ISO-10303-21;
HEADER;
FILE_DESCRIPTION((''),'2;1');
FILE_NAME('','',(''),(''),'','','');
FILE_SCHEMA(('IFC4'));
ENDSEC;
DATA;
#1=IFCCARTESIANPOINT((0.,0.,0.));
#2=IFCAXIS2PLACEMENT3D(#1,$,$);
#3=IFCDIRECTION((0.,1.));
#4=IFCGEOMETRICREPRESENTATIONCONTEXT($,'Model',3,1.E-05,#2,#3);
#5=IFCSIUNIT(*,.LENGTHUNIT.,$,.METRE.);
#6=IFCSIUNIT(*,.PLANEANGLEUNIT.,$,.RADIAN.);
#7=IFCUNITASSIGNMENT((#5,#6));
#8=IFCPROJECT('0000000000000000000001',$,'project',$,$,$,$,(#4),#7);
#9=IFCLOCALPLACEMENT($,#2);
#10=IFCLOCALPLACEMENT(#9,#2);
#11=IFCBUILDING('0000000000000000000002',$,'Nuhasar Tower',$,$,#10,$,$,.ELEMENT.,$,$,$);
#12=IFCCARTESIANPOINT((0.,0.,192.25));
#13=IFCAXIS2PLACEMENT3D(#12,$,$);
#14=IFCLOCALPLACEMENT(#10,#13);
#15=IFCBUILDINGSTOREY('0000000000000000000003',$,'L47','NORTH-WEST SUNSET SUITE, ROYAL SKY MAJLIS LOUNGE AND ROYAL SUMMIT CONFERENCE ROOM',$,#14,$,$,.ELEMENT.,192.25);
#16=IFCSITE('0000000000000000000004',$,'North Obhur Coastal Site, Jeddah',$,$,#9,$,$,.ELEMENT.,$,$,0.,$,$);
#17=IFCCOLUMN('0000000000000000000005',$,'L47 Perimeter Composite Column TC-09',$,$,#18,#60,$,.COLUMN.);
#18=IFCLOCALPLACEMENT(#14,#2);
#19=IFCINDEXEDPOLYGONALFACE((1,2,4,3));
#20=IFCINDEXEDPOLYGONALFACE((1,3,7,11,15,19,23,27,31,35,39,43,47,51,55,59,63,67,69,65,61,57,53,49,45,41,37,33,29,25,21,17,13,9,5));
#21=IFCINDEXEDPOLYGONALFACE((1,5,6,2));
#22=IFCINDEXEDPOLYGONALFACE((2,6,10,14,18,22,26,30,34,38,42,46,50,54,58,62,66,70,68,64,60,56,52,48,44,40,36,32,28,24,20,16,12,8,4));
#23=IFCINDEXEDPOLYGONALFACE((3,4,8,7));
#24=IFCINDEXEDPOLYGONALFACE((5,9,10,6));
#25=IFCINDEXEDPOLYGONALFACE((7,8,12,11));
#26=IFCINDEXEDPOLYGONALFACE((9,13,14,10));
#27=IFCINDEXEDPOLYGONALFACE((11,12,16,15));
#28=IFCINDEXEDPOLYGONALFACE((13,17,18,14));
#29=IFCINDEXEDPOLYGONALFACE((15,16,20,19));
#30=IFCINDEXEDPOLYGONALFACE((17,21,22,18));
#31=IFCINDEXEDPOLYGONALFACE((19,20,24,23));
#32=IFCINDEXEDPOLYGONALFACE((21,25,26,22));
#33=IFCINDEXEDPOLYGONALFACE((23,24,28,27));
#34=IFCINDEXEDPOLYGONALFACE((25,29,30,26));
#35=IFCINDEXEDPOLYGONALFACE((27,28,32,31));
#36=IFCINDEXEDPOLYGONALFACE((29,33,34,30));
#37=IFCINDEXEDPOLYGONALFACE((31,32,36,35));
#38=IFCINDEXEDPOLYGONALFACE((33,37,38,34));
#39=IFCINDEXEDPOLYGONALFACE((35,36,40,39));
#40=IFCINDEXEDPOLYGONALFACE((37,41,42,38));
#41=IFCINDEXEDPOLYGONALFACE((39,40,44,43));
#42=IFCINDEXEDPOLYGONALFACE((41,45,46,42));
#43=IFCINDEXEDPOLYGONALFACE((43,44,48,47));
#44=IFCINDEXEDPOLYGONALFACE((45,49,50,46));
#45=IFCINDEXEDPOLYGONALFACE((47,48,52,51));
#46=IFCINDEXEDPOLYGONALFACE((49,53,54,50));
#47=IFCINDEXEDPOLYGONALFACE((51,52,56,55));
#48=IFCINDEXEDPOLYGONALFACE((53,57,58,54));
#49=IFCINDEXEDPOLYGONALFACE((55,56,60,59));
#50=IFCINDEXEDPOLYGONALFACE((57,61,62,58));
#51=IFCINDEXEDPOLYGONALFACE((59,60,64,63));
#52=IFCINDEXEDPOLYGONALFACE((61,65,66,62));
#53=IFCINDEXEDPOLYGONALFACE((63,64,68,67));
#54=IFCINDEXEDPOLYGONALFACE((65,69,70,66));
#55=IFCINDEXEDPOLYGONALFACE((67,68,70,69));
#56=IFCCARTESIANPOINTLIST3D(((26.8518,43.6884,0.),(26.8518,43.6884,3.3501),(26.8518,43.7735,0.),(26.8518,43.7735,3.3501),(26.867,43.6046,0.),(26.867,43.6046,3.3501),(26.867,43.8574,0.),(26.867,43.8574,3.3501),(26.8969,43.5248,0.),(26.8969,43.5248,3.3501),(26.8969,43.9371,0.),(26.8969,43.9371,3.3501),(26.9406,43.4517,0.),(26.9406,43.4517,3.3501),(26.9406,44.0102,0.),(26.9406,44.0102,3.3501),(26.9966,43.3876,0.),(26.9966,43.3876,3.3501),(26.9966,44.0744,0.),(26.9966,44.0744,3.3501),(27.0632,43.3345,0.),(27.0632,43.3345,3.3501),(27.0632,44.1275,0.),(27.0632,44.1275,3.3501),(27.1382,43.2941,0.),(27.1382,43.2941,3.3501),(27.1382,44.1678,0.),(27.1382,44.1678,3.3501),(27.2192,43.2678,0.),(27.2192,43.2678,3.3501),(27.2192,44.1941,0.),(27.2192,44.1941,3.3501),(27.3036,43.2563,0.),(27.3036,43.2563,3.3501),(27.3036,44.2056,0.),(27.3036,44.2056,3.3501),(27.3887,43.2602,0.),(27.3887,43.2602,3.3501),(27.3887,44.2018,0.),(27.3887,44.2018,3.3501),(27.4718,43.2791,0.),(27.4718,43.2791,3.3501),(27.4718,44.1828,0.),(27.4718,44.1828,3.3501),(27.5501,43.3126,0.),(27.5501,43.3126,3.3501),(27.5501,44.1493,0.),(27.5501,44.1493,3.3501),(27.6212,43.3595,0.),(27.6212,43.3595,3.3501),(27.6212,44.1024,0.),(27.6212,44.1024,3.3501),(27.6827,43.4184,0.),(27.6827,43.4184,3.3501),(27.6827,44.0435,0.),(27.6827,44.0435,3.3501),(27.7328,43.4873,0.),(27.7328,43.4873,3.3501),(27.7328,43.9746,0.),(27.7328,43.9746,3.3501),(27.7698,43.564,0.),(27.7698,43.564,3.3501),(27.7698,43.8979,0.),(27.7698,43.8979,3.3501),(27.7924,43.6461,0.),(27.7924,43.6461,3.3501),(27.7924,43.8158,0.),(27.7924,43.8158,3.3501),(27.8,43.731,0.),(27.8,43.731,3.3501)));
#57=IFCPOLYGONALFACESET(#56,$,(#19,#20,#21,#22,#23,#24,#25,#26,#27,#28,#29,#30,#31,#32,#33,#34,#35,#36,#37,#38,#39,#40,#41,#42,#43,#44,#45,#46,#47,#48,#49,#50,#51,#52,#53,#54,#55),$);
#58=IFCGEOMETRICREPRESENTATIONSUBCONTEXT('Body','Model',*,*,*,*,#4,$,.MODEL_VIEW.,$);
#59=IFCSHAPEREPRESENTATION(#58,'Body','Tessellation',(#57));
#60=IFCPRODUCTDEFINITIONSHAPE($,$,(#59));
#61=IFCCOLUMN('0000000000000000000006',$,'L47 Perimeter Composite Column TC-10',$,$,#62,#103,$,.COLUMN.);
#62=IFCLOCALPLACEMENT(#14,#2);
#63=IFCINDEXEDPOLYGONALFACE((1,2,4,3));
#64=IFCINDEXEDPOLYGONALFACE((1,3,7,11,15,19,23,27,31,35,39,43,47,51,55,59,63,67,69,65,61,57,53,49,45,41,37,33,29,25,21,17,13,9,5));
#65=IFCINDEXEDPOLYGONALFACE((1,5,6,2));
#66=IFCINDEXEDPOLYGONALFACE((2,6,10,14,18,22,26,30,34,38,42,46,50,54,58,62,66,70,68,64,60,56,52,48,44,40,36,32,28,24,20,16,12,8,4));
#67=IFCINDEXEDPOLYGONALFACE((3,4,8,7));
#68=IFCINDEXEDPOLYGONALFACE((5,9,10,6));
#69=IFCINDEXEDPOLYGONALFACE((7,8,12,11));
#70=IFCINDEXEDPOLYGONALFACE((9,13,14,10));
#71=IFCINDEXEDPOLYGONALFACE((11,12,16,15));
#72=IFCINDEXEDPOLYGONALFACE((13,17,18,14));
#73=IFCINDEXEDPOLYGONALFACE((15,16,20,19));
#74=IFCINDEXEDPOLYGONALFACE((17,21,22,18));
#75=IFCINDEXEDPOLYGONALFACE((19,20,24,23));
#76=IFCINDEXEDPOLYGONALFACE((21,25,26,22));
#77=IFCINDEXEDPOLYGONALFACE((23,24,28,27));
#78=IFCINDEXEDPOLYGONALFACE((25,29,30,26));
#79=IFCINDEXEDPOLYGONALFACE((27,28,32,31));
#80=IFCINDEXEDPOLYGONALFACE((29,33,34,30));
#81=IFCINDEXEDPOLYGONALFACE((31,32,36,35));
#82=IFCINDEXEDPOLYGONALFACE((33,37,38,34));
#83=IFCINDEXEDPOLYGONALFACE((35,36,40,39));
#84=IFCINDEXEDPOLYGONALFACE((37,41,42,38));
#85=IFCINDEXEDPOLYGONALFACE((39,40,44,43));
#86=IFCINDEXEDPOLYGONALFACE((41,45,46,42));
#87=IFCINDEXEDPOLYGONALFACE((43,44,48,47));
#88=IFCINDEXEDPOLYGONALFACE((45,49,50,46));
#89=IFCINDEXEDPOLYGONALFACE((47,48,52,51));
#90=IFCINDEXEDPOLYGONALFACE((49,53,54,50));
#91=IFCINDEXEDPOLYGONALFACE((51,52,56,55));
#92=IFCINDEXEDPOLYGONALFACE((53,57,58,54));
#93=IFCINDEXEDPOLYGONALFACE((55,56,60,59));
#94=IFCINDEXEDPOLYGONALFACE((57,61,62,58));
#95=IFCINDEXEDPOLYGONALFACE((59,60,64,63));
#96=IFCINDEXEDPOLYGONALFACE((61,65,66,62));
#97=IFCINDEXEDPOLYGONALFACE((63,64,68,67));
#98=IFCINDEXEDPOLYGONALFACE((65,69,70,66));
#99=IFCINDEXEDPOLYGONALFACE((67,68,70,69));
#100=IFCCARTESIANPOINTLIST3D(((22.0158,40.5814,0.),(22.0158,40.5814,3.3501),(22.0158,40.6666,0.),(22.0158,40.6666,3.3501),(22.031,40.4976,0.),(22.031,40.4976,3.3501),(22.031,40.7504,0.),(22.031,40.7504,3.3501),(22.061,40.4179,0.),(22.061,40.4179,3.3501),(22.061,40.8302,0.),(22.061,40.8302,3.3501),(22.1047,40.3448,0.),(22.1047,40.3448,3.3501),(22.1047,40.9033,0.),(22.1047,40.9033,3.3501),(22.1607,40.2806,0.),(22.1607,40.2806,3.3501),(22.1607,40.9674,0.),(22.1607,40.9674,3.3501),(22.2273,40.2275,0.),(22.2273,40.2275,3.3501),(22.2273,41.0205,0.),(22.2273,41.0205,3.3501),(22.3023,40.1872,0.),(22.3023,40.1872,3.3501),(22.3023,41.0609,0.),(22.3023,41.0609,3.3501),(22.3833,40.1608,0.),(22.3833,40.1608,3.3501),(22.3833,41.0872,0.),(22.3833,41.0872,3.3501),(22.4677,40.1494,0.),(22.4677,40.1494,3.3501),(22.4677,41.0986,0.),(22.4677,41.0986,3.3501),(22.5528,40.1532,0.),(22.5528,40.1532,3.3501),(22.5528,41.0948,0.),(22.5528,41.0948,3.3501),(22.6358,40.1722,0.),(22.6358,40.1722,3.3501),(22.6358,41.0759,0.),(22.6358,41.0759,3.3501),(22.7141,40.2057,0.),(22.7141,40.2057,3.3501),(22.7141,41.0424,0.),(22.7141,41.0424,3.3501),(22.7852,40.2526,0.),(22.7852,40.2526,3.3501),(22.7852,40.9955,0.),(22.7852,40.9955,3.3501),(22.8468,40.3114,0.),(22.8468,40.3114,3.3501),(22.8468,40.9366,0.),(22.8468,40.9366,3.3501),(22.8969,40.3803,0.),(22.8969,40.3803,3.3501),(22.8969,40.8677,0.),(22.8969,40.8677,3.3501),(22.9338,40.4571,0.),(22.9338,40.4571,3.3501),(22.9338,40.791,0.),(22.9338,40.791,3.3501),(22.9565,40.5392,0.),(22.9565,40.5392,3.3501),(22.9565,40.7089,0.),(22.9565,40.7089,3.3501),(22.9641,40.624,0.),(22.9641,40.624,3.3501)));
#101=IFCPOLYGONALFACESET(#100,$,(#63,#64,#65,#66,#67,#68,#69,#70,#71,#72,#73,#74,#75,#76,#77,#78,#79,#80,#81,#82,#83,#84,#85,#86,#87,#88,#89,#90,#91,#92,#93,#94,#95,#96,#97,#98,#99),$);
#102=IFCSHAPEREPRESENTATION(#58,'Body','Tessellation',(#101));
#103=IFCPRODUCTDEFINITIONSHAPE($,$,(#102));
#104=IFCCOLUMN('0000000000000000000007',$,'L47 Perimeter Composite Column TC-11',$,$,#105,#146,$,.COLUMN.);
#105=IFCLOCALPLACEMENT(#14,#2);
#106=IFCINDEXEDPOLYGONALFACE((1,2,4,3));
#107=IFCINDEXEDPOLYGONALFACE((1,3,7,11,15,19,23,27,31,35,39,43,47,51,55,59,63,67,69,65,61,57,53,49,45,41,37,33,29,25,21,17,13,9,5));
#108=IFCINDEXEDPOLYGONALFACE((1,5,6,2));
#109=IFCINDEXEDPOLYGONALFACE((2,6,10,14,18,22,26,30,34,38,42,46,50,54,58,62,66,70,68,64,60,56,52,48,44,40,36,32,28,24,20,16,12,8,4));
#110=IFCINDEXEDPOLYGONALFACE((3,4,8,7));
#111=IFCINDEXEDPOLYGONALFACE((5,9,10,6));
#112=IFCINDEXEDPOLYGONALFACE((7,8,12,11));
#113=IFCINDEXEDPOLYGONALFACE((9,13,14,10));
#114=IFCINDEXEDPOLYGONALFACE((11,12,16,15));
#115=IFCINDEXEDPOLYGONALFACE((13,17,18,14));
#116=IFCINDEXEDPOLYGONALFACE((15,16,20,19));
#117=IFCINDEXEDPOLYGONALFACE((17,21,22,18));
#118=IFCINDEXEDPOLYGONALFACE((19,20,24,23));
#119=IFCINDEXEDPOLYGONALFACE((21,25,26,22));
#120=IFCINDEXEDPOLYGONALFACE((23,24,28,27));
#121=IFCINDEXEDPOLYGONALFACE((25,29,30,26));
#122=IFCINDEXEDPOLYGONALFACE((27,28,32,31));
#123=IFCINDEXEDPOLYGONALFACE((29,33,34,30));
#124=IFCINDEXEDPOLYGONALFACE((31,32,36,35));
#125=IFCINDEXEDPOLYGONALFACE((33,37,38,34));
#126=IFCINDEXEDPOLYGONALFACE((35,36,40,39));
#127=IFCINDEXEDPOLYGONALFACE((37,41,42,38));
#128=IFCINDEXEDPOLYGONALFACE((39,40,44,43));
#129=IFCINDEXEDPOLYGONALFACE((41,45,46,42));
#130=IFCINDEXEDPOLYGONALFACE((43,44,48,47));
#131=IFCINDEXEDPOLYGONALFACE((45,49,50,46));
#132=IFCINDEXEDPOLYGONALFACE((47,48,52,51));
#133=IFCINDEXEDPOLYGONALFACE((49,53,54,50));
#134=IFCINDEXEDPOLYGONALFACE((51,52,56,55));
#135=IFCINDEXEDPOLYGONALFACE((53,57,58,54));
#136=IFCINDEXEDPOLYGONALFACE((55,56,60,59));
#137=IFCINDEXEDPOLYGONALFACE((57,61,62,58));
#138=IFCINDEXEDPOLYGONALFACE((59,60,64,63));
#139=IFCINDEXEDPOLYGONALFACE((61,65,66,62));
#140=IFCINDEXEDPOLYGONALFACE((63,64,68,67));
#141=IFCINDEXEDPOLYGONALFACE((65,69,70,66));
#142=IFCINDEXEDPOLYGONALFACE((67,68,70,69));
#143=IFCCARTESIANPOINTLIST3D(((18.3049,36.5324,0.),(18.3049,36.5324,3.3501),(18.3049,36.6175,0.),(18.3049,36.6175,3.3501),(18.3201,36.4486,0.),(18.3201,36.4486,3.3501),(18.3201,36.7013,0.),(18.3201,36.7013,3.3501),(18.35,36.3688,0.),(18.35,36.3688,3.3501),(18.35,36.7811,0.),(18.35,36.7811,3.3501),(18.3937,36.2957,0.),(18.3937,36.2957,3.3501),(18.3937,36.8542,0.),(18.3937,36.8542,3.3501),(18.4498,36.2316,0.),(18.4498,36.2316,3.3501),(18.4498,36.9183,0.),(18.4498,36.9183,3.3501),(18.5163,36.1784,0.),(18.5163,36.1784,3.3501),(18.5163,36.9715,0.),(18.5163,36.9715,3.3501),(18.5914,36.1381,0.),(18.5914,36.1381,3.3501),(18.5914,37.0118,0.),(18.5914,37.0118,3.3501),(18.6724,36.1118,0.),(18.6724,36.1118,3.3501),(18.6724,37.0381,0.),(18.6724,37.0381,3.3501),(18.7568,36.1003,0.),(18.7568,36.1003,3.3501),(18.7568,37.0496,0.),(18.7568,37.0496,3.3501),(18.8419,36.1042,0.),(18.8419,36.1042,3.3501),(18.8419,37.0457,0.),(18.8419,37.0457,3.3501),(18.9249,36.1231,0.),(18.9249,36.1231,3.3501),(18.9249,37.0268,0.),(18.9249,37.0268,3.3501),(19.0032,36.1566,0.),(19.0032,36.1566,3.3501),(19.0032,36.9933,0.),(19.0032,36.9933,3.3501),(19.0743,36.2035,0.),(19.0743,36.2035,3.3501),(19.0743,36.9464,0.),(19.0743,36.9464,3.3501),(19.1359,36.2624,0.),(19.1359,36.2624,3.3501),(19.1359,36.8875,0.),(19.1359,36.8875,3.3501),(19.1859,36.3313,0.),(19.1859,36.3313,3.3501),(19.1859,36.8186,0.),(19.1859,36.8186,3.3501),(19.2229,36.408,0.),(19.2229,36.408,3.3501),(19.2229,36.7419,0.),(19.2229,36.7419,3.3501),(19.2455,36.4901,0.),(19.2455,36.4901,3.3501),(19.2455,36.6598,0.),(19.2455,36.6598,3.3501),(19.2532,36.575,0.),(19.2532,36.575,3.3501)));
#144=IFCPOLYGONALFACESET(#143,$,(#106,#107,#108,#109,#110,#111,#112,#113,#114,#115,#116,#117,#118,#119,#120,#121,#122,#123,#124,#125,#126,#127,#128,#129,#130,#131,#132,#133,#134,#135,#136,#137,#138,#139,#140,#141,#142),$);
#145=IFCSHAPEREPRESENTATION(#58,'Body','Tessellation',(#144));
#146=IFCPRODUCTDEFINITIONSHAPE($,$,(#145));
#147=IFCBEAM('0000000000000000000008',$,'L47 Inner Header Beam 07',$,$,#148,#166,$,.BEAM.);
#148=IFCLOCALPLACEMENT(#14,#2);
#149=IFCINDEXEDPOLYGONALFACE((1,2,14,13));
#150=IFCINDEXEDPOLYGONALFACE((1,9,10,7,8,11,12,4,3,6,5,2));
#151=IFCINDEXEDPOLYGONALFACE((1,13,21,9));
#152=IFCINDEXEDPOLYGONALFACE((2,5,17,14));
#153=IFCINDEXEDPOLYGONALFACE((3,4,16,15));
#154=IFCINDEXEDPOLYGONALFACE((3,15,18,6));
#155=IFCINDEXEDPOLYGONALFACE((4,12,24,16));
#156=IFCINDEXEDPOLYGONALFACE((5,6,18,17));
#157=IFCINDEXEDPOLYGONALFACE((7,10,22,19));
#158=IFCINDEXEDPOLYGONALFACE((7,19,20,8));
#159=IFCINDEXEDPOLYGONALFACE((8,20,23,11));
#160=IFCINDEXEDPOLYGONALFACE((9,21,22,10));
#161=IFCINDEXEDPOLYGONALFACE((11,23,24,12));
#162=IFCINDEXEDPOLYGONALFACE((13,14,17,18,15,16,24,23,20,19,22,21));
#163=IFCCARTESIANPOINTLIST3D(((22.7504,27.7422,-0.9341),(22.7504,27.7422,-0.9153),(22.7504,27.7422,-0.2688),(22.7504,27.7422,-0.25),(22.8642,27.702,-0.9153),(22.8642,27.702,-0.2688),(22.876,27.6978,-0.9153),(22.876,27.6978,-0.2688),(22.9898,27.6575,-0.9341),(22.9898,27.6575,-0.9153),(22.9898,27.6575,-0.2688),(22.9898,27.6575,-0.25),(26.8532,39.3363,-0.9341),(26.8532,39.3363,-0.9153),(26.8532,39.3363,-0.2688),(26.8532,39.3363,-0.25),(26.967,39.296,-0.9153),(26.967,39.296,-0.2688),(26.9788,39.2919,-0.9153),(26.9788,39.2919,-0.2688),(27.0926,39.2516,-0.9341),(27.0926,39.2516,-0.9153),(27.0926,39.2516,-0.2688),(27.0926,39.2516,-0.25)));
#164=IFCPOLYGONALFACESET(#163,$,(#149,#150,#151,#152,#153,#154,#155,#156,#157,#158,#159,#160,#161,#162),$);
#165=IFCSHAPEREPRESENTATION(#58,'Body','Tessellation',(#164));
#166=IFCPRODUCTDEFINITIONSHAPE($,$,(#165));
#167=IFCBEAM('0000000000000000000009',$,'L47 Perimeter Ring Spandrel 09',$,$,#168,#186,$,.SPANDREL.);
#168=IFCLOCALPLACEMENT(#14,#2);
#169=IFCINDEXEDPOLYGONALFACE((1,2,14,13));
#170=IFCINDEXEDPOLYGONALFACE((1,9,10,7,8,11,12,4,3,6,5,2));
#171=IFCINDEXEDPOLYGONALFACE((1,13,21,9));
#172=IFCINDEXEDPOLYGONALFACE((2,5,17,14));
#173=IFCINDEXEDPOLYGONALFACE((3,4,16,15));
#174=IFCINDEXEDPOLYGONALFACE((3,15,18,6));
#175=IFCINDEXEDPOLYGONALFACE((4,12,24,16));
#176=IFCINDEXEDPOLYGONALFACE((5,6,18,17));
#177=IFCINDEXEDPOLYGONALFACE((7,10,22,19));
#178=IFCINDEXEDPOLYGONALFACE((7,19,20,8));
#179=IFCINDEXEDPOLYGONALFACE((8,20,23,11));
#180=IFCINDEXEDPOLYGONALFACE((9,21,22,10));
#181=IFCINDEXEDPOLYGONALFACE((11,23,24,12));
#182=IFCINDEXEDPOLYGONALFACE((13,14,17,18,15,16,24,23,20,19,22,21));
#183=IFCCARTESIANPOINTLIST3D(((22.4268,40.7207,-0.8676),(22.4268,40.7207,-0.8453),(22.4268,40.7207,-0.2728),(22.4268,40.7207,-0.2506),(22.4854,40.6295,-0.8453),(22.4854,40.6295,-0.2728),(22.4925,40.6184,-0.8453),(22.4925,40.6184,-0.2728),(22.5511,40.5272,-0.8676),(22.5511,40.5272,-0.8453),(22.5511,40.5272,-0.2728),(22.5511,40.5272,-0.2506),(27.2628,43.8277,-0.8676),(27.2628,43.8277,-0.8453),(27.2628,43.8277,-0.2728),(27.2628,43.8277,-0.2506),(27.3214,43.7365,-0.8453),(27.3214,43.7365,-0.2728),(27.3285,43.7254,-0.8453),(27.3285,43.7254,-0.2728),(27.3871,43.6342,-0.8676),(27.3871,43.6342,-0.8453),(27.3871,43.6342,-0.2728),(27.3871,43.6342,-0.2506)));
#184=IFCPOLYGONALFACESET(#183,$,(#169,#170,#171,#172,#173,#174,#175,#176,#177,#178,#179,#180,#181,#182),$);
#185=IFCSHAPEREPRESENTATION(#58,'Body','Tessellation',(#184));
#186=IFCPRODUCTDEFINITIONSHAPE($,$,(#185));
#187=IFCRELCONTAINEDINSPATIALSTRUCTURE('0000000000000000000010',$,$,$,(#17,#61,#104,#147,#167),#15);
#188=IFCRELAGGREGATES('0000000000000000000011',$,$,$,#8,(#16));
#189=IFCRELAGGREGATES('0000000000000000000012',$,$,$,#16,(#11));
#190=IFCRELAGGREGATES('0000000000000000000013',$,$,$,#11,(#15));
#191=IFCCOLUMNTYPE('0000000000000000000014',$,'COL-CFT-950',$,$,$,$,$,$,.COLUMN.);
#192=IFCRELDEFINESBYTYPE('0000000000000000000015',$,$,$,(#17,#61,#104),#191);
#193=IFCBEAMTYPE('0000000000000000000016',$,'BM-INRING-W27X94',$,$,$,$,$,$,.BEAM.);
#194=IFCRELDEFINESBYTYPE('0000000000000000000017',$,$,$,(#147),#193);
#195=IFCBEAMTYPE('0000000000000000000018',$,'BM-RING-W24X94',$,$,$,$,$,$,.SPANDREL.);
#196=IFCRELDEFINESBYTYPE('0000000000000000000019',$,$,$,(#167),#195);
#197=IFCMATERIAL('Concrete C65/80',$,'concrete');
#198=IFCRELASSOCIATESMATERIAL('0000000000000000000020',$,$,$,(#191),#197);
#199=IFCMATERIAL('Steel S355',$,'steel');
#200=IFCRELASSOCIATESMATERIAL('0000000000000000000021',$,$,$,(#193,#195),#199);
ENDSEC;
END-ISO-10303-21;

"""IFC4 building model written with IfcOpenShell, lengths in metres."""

from ifc_helpers import new_model, si_unit, direction, frame, origin, origin_2d, place, context, subcontext, project, spatial, circle, i_section, extrude, material, material_profile, profile_set, type_object, element, save


model = new_model("IFC4")

# Units and contexts
model_context = context("Model", 3, precision=1e-05, world=origin(), true_north=direction((0.0, 1.0)))
body_context = subcontext(model_context, "Body", "Model", "MODEL_VIEW")
ifc_project = project(units=[si_unit("LENGTHUNIT", "METRE"), si_unit("PLANEANGLEUNIT", "RADIAN")], contexts=[model_context])

# Site, building, storey
site_placement = place(None, origin())
site = spatial("IfcSite", under=ifc_project, at=site_placement, Name="North Obhur Coastal Site, Jeddah", CompositionType="ELEMENT", RefElevation=0.0)
building_placement = place(site_placement, origin())
building = spatial("IfcBuilding", under=site, at=building_placement, Name="Nuhasar Tower", CompositionType="ELEMENT")
storey_placement = place(building_placement, frame((0.0, 0.0, 192.25)))
storey = spatial("IfcBuildingStorey", under=building, at=storey_placement, Name="L47", Description="NORTH-WEST SUNSET SUITE, ROYAL SKY MAJLIS LOUNGE AND ROYAL SUMMIT CONFERENCE ROOM", CompositionType="ELEMENT", Elevation=192.25)

# Columns
ifc_material_1 = material(Name="Concrete C65/80", Category="concrete")
ifc_material_profile_1 = material_profile(ifc_material_1, circle(Radius=0.4751, at=origin_2d()), Name="CFT950")
ifc_profile_set_1 = profile_set([ifc_material_profile_1], Name="Concrete C65/80")
column_type = type_object("IfcColumnType", Name="COL-CFT-950", PredefinedType="COLUMN", material=ifc_profile_set_1)
for number, where, z_axis, x_axis, name in (
    (1, (27.325, 43.731, 0.0), (0.0, 0.0, 1.0), (1.0, 0.0, 0.0), "L47 Perimeter Composite Column TC-09"),
    (2, (22.489, 40.624, 0.0), (0.0, 0.0, 1.0), (1.0, 0.0, 0.0), "L47 Perimeter Composite Column TC-10"),
    (3, (18.7781, 36.575, 0.0), (0.0, 0.0, 1.0), (1.0, 0.0, 0.0), "L47 Perimeter Composite Column TC-11"),
):
    element("IfcColumn", number, at=place(storey_placement, frame(where, z_axis=z_axis, x_axis=x_axis)), inside=storey, type_object=column_type, Name=name, PredefinedType="COLUMN", context=body_context, shape_type="SweptSolid", body=[
        extrude(circle(Radius=0.4751, at=origin_2d()), origin(), (0.0, 0.0, 1.0), 3.3501),
    ])

# Beams
ifc_material_2 = material(Name="Steel S355", Category="steel")
ifc_material_profile_2 = material_profile(ifc_material_2, i_section(OverallWidth=0.2539, OverallDepth=0.6841, WebThickness=0.0125, FlangeThickness=0.0188, at=origin_2d()), Name="W27X94")
ifc_profile_set_2 = profile_set([ifc_material_profile_2], Name="Steel S355")
beam_type_1 = type_object("IfcBeamType", Name="BM-INRING-W27X94", PredefinedType="BEAM", material=ifc_profile_set_2)
beam_1_placement = place(storey_placement, frame((26.9729, 39.2939, -0.592), z_axis=(-0.3336, -0.942715, 0.0), x_axis=(0.942715, -0.3336, 0.0)))
element("IfcBeam", 4, at=beam_1_placement, inside=storey, type_object=beam_type_1, Name="L47 Inner Header Beam 07", PredefinedType="BEAM", context=body_context, shape_type="SweptSolid", body=[
    extrude(i_section(OverallWidth=0.2539, OverallDepth=0.6841, WebThickness=0.0125, FlangeThickness=0.0188, at=origin_2d()), origin(), (0.0, 0.0, 1.0), 12.2986),
])
ifc_material_profile_3 = material_profile(ifc_material_2, i_section(OverallWidth=0.23, OverallDepth=0.6169, WebThickness=0.0132, FlangeThickness=0.0222, at=origin_2d()), Name="W24X94")
ifc_profile_set_3 = profile_set([ifc_material_profile_3], Name="Steel S355")
beam_type_2 = type_object("IfcBeamType", Name="BM-RING-W24X94", PredefinedType="SPANDREL", material=ifc_profile_set_3)
beam_2_placement = place(storey_placement, frame((27.325, 43.731, -0.5591), z_axis=(-0.841327, -0.540526, 0.0), x_axis=(0.540526, -0.841327, 0.0)))
element("IfcBeam", 5, at=beam_2_placement, inside=storey, type_object=beam_type_2, Name="L47 Perimeter Ring Spandrel 09", PredefinedType="SPANDREL", context=body_context, shape_type="SweptSolid", body=[
    extrude(i_section(OverallWidth=0.23, OverallDepth=0.6169, WebThickness=0.0132, FlangeThickness=0.0222, at=origin_2d()), origin(), (0.0, 0.0, 1.0), 5.748),
])

save(model, "model.ifc")
